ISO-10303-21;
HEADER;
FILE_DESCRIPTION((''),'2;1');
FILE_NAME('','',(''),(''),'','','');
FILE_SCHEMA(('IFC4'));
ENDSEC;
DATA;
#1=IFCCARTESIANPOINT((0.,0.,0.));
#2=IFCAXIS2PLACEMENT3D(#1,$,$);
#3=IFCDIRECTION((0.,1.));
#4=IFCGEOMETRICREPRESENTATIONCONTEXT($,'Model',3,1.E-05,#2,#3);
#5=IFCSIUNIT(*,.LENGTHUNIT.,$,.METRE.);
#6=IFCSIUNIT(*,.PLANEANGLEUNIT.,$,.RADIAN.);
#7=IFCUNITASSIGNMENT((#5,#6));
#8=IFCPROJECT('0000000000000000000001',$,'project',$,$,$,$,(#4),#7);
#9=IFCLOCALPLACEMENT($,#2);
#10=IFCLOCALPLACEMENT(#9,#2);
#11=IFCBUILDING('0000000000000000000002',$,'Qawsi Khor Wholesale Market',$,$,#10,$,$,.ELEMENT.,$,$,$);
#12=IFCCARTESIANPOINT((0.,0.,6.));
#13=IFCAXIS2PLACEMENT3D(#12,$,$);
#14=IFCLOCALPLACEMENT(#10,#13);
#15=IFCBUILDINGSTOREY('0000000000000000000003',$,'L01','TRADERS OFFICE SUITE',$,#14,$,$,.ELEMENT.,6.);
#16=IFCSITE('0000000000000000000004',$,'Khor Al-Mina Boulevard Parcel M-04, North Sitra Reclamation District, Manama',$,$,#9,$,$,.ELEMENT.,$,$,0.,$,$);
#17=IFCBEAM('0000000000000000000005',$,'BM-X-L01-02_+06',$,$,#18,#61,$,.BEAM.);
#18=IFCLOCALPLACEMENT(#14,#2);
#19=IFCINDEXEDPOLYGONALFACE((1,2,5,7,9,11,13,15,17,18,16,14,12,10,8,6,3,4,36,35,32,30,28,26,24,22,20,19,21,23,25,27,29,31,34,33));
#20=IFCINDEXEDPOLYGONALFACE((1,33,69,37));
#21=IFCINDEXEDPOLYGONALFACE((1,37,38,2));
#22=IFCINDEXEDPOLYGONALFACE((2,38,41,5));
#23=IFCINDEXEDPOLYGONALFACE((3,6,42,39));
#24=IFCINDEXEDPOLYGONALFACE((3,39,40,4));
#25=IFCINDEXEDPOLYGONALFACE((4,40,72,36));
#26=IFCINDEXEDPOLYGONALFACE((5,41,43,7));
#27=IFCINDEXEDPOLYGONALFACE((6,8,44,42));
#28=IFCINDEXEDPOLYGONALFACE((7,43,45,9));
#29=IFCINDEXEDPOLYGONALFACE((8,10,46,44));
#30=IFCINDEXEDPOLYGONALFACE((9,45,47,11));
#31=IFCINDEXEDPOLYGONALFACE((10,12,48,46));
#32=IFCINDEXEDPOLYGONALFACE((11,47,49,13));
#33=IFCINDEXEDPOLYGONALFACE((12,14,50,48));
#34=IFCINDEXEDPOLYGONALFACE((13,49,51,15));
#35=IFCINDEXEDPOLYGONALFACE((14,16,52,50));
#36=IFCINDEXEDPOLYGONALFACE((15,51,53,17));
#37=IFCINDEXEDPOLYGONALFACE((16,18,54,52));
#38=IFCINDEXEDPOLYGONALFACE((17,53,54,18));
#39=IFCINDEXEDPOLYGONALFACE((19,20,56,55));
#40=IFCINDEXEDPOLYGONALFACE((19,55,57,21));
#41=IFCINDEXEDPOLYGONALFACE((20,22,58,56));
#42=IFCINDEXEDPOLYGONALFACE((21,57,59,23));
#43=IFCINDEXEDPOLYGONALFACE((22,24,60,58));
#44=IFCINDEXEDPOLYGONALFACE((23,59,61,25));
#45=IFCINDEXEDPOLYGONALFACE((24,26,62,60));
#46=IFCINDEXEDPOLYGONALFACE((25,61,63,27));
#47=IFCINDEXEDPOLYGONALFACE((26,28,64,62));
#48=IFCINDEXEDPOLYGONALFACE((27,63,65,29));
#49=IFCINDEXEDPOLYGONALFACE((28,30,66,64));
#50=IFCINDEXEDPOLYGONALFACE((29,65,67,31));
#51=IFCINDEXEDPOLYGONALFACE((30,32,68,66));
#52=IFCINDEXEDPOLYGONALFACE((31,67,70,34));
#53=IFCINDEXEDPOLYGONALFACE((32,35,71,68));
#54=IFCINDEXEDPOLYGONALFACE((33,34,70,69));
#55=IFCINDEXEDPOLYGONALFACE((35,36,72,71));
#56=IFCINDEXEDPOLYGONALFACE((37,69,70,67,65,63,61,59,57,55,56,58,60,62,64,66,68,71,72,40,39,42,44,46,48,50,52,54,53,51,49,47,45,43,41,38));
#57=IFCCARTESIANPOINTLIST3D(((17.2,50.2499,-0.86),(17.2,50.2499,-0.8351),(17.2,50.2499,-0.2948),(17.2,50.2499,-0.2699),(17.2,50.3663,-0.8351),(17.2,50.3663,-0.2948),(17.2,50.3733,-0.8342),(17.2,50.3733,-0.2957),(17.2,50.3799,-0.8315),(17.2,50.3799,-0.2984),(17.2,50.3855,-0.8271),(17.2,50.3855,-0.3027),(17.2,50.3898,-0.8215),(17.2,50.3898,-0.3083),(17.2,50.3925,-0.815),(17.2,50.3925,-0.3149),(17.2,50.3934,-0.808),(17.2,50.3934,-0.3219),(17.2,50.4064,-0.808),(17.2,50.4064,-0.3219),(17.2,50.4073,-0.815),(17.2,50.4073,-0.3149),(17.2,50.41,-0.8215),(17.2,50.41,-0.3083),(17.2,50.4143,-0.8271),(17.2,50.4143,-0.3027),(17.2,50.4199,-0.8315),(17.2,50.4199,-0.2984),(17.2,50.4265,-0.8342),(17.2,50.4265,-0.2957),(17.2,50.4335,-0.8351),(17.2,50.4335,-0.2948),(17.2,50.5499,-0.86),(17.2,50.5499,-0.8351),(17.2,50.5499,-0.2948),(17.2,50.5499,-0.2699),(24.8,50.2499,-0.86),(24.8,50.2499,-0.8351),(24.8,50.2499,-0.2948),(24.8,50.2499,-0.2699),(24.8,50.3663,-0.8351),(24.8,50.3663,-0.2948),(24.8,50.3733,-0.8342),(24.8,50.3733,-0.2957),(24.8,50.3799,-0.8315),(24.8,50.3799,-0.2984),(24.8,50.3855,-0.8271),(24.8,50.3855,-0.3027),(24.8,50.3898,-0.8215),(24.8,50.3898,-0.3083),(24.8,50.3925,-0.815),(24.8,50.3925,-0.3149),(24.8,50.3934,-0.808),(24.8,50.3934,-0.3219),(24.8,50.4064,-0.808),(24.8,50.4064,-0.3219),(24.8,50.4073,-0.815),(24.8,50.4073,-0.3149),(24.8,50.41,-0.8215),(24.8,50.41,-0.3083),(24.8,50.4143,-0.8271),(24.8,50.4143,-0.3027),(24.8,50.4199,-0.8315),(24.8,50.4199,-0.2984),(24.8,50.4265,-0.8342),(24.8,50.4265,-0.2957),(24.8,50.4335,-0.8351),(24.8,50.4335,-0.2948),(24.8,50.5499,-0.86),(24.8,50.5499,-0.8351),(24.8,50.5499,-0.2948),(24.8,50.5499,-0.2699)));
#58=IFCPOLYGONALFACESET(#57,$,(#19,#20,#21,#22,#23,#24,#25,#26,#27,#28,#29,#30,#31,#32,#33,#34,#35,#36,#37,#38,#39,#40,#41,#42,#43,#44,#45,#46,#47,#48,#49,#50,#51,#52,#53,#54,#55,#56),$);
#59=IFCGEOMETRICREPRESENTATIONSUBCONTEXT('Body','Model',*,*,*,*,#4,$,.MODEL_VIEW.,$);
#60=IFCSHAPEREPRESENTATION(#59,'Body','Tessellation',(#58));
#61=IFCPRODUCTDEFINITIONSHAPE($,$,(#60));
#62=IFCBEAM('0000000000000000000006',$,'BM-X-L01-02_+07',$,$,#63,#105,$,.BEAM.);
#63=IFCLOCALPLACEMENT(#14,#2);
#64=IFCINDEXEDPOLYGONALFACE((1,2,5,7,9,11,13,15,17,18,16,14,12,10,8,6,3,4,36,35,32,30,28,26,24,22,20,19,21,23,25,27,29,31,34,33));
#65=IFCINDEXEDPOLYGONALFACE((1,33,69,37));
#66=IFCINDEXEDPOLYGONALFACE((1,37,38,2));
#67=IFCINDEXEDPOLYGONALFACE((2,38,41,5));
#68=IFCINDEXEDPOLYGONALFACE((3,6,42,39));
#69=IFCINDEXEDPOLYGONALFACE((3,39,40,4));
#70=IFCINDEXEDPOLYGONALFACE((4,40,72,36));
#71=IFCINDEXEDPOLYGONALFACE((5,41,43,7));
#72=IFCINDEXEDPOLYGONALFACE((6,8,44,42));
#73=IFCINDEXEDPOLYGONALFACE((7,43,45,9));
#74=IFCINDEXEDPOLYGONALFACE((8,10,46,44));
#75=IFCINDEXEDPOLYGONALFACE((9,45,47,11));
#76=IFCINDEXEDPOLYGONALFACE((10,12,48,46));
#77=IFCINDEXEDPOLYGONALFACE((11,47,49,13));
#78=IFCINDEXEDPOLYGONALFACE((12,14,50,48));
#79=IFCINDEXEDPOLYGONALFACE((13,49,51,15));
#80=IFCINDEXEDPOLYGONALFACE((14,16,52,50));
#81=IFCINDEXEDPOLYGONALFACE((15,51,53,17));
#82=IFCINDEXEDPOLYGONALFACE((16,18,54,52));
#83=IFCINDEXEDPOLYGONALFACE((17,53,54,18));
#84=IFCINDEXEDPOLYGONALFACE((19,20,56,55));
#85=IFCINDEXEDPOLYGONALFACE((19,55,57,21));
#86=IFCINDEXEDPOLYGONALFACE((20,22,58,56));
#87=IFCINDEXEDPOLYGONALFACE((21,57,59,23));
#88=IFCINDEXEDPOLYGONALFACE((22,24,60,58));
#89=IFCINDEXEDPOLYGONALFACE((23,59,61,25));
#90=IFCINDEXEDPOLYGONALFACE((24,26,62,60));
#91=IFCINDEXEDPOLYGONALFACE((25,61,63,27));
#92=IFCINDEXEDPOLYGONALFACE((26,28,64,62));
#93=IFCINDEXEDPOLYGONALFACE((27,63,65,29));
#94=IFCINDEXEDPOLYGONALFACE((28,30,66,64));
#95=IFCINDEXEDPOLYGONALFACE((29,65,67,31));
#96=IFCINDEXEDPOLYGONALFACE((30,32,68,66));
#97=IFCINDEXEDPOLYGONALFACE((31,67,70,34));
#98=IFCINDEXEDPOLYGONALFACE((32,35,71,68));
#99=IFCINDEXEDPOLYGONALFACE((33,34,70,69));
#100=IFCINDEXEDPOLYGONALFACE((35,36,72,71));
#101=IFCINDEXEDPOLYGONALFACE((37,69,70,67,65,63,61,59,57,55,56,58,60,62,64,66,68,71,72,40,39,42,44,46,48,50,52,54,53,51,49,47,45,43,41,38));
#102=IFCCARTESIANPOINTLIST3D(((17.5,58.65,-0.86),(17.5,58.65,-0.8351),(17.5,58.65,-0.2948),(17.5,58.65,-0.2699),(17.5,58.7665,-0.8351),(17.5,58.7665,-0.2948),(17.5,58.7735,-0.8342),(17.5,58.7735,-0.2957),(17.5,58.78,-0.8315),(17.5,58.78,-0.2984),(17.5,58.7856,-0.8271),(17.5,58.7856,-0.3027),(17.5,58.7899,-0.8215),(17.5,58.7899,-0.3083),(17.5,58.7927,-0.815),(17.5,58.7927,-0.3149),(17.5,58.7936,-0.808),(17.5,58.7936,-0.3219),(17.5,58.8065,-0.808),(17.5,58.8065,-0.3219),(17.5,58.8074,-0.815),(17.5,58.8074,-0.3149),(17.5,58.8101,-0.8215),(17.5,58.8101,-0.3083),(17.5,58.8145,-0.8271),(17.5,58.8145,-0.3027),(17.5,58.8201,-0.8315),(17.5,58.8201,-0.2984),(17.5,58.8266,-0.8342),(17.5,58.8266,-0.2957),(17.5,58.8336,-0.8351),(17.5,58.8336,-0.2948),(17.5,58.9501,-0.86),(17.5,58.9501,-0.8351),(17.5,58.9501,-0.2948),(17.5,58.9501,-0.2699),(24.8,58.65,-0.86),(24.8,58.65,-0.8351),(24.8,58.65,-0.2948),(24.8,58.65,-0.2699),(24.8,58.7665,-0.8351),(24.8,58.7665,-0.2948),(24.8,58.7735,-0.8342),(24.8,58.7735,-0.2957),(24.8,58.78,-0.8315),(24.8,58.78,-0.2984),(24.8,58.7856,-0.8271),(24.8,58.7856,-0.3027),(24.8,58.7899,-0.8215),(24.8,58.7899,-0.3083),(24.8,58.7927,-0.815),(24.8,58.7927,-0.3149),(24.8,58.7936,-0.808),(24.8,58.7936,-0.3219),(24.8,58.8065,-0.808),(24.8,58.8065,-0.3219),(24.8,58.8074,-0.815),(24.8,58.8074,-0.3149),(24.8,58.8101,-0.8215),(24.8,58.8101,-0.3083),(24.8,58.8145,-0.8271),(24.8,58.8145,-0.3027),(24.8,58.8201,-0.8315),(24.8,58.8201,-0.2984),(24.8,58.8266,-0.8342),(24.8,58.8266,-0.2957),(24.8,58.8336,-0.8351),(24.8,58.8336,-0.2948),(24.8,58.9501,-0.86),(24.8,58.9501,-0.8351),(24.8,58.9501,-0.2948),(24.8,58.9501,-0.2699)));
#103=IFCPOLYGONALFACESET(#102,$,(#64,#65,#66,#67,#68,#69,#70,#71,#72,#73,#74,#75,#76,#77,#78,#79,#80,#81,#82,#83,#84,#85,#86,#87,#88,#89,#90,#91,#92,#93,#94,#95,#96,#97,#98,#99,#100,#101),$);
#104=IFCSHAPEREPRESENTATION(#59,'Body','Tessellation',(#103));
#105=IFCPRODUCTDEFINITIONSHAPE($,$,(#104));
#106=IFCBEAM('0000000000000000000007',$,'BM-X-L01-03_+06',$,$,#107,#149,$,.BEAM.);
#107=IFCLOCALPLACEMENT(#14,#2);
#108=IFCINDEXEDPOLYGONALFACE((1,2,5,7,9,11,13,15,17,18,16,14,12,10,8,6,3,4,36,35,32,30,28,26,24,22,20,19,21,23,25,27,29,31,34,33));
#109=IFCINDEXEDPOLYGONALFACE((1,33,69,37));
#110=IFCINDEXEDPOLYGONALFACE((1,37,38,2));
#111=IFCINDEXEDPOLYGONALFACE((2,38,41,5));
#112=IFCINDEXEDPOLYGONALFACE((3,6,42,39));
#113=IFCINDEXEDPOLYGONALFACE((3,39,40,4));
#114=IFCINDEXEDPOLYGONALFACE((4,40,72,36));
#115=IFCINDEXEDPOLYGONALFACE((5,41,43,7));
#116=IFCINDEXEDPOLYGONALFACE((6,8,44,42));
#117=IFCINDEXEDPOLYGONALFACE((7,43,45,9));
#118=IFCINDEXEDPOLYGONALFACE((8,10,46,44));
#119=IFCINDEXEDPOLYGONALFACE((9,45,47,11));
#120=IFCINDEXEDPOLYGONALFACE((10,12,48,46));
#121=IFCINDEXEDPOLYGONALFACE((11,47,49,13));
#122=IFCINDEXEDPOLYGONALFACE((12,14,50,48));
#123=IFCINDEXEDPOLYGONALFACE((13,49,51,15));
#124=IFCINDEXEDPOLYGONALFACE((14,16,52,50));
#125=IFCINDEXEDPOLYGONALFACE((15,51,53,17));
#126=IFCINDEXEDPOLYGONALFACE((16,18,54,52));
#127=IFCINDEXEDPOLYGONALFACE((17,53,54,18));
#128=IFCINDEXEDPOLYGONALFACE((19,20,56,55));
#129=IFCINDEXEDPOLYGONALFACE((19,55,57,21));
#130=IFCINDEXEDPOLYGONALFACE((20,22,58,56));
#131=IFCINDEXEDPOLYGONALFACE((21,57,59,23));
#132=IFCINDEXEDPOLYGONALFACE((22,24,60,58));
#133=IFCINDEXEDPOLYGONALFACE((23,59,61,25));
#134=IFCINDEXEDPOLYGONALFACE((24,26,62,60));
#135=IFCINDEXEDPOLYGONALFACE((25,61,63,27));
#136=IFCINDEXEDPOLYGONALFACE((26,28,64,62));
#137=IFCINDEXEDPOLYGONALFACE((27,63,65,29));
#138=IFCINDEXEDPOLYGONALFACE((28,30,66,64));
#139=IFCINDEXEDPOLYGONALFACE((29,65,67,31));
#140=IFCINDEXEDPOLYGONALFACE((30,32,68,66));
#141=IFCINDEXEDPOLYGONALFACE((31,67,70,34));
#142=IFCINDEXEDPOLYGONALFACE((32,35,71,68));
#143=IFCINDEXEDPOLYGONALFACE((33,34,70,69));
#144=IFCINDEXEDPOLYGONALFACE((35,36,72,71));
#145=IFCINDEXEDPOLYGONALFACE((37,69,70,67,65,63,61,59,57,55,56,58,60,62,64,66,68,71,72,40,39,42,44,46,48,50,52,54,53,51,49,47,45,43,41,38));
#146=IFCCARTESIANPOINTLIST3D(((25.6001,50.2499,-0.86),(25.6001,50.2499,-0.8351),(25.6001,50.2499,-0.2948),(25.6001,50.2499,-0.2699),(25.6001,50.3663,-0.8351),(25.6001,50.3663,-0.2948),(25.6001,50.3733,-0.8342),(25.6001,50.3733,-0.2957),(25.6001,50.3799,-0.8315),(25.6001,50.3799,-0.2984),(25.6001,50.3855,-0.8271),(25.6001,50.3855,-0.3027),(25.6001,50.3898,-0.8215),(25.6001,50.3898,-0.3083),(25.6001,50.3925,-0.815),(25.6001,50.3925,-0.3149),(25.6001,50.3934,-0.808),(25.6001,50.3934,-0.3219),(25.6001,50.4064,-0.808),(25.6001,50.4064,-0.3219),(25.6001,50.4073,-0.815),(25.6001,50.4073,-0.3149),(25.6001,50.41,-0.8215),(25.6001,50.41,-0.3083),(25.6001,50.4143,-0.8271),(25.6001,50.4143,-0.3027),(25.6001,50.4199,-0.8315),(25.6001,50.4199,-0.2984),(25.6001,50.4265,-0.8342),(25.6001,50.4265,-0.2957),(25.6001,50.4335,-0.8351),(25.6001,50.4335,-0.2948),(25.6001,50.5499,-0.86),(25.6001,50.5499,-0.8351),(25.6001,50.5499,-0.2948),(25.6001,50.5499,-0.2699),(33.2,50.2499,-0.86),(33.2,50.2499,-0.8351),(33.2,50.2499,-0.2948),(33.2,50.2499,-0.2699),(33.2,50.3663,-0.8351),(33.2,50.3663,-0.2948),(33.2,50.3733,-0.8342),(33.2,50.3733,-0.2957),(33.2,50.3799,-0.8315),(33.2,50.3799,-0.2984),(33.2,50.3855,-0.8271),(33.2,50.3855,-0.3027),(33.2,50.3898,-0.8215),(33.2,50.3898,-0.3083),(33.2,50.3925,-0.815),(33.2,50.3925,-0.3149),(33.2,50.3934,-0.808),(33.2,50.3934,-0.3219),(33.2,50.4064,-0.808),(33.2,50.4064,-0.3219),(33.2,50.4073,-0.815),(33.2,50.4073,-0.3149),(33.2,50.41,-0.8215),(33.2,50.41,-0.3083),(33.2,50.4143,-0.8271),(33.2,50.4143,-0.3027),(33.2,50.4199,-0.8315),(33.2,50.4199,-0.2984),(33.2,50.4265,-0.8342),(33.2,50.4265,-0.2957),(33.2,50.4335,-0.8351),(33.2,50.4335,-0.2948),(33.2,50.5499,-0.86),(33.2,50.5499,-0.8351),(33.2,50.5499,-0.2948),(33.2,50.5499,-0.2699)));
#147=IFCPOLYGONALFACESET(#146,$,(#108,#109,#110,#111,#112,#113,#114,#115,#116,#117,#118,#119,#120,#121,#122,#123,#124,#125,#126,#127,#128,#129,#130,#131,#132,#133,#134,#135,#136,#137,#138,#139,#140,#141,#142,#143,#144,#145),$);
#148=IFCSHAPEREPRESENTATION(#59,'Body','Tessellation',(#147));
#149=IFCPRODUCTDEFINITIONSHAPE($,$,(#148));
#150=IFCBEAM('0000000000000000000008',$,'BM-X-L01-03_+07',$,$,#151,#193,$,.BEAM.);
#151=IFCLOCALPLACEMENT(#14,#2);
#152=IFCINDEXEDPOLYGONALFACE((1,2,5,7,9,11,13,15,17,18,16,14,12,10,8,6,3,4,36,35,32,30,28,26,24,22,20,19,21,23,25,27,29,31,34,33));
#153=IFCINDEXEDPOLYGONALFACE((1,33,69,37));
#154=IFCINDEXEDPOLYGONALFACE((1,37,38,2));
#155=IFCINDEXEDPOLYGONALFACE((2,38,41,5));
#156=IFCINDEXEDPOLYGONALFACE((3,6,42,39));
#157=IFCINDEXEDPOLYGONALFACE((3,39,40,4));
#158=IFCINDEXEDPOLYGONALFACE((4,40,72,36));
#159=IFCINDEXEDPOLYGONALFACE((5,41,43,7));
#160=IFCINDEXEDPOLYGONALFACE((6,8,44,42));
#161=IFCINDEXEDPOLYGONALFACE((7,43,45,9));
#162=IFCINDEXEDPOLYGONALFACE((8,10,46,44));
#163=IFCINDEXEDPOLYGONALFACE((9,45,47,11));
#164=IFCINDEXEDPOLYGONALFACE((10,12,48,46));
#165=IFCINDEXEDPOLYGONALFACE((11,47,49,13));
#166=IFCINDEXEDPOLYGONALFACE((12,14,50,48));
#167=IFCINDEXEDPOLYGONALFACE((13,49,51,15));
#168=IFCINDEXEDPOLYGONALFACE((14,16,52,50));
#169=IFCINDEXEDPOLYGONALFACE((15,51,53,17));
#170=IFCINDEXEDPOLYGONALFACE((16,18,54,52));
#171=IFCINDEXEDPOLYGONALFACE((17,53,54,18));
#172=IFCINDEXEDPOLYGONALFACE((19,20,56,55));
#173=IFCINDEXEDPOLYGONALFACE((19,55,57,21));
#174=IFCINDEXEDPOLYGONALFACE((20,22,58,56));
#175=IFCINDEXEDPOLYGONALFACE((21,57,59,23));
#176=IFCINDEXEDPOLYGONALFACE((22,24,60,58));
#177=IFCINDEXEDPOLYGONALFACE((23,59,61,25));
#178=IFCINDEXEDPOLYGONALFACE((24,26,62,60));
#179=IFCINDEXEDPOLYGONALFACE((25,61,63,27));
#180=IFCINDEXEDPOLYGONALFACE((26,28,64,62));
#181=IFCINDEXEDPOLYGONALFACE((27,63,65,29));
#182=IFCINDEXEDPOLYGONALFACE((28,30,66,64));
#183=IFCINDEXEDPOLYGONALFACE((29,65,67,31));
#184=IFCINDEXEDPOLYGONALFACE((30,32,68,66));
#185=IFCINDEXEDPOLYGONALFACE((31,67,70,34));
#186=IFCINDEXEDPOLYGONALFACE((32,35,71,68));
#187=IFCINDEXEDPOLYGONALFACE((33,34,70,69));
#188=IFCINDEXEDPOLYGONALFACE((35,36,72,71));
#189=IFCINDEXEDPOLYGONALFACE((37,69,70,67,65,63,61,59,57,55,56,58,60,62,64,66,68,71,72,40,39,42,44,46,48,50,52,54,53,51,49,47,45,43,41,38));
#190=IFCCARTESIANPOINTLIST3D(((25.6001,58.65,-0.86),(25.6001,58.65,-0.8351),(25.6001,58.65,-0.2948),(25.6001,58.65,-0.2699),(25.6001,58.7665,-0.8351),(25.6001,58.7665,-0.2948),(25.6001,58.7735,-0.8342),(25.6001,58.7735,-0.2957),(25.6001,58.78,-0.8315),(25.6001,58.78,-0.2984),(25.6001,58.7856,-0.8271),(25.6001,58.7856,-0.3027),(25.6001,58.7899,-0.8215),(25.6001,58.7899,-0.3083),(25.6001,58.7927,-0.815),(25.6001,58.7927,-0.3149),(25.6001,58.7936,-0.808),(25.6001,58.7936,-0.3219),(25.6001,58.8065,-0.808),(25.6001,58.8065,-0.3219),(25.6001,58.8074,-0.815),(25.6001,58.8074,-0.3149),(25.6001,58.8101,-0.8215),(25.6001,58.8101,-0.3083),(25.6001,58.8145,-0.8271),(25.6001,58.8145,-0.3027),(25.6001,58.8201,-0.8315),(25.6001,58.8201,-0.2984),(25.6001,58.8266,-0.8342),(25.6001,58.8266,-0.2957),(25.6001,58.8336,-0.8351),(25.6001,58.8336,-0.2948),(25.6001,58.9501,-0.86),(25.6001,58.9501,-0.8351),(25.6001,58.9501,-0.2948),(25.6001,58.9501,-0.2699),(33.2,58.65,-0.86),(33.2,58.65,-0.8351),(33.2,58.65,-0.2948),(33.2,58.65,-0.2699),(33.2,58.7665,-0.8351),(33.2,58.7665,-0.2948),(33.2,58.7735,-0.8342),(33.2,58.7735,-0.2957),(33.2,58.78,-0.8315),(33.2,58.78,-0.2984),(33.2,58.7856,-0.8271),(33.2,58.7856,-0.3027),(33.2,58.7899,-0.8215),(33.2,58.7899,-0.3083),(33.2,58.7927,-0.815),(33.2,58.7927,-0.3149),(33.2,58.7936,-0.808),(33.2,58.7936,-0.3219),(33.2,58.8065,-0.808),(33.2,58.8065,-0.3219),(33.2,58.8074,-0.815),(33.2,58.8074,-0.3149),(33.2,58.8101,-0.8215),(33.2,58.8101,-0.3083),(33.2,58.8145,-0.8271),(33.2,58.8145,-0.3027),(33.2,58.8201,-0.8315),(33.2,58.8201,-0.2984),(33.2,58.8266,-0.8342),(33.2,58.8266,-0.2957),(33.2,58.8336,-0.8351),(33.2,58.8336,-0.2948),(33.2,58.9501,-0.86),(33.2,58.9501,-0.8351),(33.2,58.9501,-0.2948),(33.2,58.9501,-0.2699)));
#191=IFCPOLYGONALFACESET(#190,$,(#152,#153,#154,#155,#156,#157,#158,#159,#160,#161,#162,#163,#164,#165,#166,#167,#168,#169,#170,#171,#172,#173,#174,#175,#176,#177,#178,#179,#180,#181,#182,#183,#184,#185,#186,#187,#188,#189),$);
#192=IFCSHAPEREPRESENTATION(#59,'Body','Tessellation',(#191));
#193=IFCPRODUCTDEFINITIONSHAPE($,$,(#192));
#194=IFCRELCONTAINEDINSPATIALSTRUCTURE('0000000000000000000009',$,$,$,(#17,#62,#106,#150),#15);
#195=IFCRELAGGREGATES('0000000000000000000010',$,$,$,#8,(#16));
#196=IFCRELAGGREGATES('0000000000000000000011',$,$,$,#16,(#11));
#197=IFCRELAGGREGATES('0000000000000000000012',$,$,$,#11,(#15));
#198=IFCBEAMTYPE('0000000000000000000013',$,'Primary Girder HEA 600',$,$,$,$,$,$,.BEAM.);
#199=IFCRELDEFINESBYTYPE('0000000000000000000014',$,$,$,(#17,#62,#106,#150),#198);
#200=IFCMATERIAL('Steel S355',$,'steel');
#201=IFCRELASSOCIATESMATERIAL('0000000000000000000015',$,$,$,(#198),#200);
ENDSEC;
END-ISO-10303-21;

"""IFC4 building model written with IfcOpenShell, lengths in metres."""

from ifc_helpers import new_model, si_unit, direction, frame, origin, origin_2d, place, context, subcontext, project, spatial, i_section, extrude, material, material_profile, profile_set, type_object, element, save


model = new_model("IFC4")

# Units and contexts
model_context = context("Model", 3, precision=1e-05, world=origin(), true_north=direction((0.0, 1.0)))
body_context = subcontext(model_context, "Body", "Model", "MODEL_VIEW")
ifc_project = project(units=[si_unit("LENGTHUNIT", "METRE"), si_unit("PLANEANGLEUNIT", "RADIAN")], contexts=[model_context])

# Site, building, storey
site_placement = place(None, origin())
site = spatial("IfcSite", under=ifc_project, at=site_placement, Name="Khor Al-Mina Boulevard Parcel M-04, North Sitra Reclamation District, Manama", CompositionType="ELEMENT", RefElevation=0.0)
building_placement = place(site_placement, origin())
building = spatial("IfcBuilding", under=site, at=building_placement, Name="Qawsi Khor Wholesale Market", CompositionType="ELEMENT")
storey_placement = place(building_placement, frame((0.0, 0.0, 6.0)))
storey = spatial("IfcBuildingStorey", under=building, at=storey_placement, Name="L01", Description="TRADERS OFFICE SUITE", CompositionType="ELEMENT", Elevation=6.0)

# Beams
ifc_material_1 = material(Name="Steel S355", Category="steel")
ifc_material_profile_1 = material_profile(ifc_material_1, i_section(OverallWidth=0.3, OverallDepth=0.5901, WebThickness=0.0129, FlangeThickness=0.0249, FilletRadius=0.0271, at=origin_2d()), Name="HEA 600")
ifc_profile_set_1 = profile_set([ifc_material_profile_1], Name="Steel S355")
beam_type_1 = type_object("IfcBeamType", Name="Primary Girder HEA 600", PredefinedType="BEAM", material=ifc_profile_set_1)
beam_1_placement = place(storey_placement, frame((17.2, 50.3999, -0.5649), z_axis=(1.0, 0.0, 0.0), x_axis=(0.0, 1.0, 0.0)))
element("IfcBeam", 1, at=beam_1_placement, inside=storey, type_object=beam_type_1, Name="BM-X-L01-02_+06", PredefinedType="BEAM", context=body_context, shape_type="SweptSolid", body=[
    extrude(i_section(OverallWidth=0.3, OverallDepth=0.5901, WebThickness=0.0129, FlangeThickness=0.0249, FilletRadius=0.0271, at=origin_2d()), origin(), (0.0, 0.0, 1.0), 7.6001),
])
beam_2_placement = place(storey_placement, frame((17.5, 58.8, -0.5649), z_axis=(1.0, 0.0, 0.0), x_axis=(0.0, 1.0, 0.0)))
element("IfcBeam", 2, at=beam_2_placement, inside=storey, type_object=beam_type_1, Name="BM-X-L01-02_+07", PredefinedType="BEAM", context=body_context, shape_type="SweptSolid", body=[
    extrude(i_section(OverallWidth=0.3, OverallDepth=0.5901, WebThickness=0.0129, FlangeThickness=0.0249, FilletRadius=0.0271, at=origin_2d()), origin(), (0.0, 0.0, 1.0), 7.3),
])
for number, where, z_axis, x_axis, name in (
    (3, (25.6001, 50.3999, -0.5649), (1.0, 0.0, 0.0), (0.0, 1.0, 0.0), "BM-X-L01-03_+06"),
    (4, (25.6001, 58.8, -0.5649), (1.0, 0.0, 0.0), (0.0, 1.0, 0.0), "BM-X-L01-03_+07"),
):
    element("IfcBeam", number, at=place(storey_placement, frame(where, z_axis=z_axis, x_axis=x_axis)), inside=storey, type_object=beam_type_1, Name=name, PredefinedType="BEAM", context=body_context, shape_type="SweptSolid", body=[
        extrude(i_section(OverallWidth=0.3, OverallDepth=0.5901, WebThickness=0.0129, FlangeThickness=0.0249, FilletRadius=0.0271, at=origin_2d()), origin(), (0.0, 0.0, 1.0), 7.5999),
    ])

save(model, "model.ifc")
